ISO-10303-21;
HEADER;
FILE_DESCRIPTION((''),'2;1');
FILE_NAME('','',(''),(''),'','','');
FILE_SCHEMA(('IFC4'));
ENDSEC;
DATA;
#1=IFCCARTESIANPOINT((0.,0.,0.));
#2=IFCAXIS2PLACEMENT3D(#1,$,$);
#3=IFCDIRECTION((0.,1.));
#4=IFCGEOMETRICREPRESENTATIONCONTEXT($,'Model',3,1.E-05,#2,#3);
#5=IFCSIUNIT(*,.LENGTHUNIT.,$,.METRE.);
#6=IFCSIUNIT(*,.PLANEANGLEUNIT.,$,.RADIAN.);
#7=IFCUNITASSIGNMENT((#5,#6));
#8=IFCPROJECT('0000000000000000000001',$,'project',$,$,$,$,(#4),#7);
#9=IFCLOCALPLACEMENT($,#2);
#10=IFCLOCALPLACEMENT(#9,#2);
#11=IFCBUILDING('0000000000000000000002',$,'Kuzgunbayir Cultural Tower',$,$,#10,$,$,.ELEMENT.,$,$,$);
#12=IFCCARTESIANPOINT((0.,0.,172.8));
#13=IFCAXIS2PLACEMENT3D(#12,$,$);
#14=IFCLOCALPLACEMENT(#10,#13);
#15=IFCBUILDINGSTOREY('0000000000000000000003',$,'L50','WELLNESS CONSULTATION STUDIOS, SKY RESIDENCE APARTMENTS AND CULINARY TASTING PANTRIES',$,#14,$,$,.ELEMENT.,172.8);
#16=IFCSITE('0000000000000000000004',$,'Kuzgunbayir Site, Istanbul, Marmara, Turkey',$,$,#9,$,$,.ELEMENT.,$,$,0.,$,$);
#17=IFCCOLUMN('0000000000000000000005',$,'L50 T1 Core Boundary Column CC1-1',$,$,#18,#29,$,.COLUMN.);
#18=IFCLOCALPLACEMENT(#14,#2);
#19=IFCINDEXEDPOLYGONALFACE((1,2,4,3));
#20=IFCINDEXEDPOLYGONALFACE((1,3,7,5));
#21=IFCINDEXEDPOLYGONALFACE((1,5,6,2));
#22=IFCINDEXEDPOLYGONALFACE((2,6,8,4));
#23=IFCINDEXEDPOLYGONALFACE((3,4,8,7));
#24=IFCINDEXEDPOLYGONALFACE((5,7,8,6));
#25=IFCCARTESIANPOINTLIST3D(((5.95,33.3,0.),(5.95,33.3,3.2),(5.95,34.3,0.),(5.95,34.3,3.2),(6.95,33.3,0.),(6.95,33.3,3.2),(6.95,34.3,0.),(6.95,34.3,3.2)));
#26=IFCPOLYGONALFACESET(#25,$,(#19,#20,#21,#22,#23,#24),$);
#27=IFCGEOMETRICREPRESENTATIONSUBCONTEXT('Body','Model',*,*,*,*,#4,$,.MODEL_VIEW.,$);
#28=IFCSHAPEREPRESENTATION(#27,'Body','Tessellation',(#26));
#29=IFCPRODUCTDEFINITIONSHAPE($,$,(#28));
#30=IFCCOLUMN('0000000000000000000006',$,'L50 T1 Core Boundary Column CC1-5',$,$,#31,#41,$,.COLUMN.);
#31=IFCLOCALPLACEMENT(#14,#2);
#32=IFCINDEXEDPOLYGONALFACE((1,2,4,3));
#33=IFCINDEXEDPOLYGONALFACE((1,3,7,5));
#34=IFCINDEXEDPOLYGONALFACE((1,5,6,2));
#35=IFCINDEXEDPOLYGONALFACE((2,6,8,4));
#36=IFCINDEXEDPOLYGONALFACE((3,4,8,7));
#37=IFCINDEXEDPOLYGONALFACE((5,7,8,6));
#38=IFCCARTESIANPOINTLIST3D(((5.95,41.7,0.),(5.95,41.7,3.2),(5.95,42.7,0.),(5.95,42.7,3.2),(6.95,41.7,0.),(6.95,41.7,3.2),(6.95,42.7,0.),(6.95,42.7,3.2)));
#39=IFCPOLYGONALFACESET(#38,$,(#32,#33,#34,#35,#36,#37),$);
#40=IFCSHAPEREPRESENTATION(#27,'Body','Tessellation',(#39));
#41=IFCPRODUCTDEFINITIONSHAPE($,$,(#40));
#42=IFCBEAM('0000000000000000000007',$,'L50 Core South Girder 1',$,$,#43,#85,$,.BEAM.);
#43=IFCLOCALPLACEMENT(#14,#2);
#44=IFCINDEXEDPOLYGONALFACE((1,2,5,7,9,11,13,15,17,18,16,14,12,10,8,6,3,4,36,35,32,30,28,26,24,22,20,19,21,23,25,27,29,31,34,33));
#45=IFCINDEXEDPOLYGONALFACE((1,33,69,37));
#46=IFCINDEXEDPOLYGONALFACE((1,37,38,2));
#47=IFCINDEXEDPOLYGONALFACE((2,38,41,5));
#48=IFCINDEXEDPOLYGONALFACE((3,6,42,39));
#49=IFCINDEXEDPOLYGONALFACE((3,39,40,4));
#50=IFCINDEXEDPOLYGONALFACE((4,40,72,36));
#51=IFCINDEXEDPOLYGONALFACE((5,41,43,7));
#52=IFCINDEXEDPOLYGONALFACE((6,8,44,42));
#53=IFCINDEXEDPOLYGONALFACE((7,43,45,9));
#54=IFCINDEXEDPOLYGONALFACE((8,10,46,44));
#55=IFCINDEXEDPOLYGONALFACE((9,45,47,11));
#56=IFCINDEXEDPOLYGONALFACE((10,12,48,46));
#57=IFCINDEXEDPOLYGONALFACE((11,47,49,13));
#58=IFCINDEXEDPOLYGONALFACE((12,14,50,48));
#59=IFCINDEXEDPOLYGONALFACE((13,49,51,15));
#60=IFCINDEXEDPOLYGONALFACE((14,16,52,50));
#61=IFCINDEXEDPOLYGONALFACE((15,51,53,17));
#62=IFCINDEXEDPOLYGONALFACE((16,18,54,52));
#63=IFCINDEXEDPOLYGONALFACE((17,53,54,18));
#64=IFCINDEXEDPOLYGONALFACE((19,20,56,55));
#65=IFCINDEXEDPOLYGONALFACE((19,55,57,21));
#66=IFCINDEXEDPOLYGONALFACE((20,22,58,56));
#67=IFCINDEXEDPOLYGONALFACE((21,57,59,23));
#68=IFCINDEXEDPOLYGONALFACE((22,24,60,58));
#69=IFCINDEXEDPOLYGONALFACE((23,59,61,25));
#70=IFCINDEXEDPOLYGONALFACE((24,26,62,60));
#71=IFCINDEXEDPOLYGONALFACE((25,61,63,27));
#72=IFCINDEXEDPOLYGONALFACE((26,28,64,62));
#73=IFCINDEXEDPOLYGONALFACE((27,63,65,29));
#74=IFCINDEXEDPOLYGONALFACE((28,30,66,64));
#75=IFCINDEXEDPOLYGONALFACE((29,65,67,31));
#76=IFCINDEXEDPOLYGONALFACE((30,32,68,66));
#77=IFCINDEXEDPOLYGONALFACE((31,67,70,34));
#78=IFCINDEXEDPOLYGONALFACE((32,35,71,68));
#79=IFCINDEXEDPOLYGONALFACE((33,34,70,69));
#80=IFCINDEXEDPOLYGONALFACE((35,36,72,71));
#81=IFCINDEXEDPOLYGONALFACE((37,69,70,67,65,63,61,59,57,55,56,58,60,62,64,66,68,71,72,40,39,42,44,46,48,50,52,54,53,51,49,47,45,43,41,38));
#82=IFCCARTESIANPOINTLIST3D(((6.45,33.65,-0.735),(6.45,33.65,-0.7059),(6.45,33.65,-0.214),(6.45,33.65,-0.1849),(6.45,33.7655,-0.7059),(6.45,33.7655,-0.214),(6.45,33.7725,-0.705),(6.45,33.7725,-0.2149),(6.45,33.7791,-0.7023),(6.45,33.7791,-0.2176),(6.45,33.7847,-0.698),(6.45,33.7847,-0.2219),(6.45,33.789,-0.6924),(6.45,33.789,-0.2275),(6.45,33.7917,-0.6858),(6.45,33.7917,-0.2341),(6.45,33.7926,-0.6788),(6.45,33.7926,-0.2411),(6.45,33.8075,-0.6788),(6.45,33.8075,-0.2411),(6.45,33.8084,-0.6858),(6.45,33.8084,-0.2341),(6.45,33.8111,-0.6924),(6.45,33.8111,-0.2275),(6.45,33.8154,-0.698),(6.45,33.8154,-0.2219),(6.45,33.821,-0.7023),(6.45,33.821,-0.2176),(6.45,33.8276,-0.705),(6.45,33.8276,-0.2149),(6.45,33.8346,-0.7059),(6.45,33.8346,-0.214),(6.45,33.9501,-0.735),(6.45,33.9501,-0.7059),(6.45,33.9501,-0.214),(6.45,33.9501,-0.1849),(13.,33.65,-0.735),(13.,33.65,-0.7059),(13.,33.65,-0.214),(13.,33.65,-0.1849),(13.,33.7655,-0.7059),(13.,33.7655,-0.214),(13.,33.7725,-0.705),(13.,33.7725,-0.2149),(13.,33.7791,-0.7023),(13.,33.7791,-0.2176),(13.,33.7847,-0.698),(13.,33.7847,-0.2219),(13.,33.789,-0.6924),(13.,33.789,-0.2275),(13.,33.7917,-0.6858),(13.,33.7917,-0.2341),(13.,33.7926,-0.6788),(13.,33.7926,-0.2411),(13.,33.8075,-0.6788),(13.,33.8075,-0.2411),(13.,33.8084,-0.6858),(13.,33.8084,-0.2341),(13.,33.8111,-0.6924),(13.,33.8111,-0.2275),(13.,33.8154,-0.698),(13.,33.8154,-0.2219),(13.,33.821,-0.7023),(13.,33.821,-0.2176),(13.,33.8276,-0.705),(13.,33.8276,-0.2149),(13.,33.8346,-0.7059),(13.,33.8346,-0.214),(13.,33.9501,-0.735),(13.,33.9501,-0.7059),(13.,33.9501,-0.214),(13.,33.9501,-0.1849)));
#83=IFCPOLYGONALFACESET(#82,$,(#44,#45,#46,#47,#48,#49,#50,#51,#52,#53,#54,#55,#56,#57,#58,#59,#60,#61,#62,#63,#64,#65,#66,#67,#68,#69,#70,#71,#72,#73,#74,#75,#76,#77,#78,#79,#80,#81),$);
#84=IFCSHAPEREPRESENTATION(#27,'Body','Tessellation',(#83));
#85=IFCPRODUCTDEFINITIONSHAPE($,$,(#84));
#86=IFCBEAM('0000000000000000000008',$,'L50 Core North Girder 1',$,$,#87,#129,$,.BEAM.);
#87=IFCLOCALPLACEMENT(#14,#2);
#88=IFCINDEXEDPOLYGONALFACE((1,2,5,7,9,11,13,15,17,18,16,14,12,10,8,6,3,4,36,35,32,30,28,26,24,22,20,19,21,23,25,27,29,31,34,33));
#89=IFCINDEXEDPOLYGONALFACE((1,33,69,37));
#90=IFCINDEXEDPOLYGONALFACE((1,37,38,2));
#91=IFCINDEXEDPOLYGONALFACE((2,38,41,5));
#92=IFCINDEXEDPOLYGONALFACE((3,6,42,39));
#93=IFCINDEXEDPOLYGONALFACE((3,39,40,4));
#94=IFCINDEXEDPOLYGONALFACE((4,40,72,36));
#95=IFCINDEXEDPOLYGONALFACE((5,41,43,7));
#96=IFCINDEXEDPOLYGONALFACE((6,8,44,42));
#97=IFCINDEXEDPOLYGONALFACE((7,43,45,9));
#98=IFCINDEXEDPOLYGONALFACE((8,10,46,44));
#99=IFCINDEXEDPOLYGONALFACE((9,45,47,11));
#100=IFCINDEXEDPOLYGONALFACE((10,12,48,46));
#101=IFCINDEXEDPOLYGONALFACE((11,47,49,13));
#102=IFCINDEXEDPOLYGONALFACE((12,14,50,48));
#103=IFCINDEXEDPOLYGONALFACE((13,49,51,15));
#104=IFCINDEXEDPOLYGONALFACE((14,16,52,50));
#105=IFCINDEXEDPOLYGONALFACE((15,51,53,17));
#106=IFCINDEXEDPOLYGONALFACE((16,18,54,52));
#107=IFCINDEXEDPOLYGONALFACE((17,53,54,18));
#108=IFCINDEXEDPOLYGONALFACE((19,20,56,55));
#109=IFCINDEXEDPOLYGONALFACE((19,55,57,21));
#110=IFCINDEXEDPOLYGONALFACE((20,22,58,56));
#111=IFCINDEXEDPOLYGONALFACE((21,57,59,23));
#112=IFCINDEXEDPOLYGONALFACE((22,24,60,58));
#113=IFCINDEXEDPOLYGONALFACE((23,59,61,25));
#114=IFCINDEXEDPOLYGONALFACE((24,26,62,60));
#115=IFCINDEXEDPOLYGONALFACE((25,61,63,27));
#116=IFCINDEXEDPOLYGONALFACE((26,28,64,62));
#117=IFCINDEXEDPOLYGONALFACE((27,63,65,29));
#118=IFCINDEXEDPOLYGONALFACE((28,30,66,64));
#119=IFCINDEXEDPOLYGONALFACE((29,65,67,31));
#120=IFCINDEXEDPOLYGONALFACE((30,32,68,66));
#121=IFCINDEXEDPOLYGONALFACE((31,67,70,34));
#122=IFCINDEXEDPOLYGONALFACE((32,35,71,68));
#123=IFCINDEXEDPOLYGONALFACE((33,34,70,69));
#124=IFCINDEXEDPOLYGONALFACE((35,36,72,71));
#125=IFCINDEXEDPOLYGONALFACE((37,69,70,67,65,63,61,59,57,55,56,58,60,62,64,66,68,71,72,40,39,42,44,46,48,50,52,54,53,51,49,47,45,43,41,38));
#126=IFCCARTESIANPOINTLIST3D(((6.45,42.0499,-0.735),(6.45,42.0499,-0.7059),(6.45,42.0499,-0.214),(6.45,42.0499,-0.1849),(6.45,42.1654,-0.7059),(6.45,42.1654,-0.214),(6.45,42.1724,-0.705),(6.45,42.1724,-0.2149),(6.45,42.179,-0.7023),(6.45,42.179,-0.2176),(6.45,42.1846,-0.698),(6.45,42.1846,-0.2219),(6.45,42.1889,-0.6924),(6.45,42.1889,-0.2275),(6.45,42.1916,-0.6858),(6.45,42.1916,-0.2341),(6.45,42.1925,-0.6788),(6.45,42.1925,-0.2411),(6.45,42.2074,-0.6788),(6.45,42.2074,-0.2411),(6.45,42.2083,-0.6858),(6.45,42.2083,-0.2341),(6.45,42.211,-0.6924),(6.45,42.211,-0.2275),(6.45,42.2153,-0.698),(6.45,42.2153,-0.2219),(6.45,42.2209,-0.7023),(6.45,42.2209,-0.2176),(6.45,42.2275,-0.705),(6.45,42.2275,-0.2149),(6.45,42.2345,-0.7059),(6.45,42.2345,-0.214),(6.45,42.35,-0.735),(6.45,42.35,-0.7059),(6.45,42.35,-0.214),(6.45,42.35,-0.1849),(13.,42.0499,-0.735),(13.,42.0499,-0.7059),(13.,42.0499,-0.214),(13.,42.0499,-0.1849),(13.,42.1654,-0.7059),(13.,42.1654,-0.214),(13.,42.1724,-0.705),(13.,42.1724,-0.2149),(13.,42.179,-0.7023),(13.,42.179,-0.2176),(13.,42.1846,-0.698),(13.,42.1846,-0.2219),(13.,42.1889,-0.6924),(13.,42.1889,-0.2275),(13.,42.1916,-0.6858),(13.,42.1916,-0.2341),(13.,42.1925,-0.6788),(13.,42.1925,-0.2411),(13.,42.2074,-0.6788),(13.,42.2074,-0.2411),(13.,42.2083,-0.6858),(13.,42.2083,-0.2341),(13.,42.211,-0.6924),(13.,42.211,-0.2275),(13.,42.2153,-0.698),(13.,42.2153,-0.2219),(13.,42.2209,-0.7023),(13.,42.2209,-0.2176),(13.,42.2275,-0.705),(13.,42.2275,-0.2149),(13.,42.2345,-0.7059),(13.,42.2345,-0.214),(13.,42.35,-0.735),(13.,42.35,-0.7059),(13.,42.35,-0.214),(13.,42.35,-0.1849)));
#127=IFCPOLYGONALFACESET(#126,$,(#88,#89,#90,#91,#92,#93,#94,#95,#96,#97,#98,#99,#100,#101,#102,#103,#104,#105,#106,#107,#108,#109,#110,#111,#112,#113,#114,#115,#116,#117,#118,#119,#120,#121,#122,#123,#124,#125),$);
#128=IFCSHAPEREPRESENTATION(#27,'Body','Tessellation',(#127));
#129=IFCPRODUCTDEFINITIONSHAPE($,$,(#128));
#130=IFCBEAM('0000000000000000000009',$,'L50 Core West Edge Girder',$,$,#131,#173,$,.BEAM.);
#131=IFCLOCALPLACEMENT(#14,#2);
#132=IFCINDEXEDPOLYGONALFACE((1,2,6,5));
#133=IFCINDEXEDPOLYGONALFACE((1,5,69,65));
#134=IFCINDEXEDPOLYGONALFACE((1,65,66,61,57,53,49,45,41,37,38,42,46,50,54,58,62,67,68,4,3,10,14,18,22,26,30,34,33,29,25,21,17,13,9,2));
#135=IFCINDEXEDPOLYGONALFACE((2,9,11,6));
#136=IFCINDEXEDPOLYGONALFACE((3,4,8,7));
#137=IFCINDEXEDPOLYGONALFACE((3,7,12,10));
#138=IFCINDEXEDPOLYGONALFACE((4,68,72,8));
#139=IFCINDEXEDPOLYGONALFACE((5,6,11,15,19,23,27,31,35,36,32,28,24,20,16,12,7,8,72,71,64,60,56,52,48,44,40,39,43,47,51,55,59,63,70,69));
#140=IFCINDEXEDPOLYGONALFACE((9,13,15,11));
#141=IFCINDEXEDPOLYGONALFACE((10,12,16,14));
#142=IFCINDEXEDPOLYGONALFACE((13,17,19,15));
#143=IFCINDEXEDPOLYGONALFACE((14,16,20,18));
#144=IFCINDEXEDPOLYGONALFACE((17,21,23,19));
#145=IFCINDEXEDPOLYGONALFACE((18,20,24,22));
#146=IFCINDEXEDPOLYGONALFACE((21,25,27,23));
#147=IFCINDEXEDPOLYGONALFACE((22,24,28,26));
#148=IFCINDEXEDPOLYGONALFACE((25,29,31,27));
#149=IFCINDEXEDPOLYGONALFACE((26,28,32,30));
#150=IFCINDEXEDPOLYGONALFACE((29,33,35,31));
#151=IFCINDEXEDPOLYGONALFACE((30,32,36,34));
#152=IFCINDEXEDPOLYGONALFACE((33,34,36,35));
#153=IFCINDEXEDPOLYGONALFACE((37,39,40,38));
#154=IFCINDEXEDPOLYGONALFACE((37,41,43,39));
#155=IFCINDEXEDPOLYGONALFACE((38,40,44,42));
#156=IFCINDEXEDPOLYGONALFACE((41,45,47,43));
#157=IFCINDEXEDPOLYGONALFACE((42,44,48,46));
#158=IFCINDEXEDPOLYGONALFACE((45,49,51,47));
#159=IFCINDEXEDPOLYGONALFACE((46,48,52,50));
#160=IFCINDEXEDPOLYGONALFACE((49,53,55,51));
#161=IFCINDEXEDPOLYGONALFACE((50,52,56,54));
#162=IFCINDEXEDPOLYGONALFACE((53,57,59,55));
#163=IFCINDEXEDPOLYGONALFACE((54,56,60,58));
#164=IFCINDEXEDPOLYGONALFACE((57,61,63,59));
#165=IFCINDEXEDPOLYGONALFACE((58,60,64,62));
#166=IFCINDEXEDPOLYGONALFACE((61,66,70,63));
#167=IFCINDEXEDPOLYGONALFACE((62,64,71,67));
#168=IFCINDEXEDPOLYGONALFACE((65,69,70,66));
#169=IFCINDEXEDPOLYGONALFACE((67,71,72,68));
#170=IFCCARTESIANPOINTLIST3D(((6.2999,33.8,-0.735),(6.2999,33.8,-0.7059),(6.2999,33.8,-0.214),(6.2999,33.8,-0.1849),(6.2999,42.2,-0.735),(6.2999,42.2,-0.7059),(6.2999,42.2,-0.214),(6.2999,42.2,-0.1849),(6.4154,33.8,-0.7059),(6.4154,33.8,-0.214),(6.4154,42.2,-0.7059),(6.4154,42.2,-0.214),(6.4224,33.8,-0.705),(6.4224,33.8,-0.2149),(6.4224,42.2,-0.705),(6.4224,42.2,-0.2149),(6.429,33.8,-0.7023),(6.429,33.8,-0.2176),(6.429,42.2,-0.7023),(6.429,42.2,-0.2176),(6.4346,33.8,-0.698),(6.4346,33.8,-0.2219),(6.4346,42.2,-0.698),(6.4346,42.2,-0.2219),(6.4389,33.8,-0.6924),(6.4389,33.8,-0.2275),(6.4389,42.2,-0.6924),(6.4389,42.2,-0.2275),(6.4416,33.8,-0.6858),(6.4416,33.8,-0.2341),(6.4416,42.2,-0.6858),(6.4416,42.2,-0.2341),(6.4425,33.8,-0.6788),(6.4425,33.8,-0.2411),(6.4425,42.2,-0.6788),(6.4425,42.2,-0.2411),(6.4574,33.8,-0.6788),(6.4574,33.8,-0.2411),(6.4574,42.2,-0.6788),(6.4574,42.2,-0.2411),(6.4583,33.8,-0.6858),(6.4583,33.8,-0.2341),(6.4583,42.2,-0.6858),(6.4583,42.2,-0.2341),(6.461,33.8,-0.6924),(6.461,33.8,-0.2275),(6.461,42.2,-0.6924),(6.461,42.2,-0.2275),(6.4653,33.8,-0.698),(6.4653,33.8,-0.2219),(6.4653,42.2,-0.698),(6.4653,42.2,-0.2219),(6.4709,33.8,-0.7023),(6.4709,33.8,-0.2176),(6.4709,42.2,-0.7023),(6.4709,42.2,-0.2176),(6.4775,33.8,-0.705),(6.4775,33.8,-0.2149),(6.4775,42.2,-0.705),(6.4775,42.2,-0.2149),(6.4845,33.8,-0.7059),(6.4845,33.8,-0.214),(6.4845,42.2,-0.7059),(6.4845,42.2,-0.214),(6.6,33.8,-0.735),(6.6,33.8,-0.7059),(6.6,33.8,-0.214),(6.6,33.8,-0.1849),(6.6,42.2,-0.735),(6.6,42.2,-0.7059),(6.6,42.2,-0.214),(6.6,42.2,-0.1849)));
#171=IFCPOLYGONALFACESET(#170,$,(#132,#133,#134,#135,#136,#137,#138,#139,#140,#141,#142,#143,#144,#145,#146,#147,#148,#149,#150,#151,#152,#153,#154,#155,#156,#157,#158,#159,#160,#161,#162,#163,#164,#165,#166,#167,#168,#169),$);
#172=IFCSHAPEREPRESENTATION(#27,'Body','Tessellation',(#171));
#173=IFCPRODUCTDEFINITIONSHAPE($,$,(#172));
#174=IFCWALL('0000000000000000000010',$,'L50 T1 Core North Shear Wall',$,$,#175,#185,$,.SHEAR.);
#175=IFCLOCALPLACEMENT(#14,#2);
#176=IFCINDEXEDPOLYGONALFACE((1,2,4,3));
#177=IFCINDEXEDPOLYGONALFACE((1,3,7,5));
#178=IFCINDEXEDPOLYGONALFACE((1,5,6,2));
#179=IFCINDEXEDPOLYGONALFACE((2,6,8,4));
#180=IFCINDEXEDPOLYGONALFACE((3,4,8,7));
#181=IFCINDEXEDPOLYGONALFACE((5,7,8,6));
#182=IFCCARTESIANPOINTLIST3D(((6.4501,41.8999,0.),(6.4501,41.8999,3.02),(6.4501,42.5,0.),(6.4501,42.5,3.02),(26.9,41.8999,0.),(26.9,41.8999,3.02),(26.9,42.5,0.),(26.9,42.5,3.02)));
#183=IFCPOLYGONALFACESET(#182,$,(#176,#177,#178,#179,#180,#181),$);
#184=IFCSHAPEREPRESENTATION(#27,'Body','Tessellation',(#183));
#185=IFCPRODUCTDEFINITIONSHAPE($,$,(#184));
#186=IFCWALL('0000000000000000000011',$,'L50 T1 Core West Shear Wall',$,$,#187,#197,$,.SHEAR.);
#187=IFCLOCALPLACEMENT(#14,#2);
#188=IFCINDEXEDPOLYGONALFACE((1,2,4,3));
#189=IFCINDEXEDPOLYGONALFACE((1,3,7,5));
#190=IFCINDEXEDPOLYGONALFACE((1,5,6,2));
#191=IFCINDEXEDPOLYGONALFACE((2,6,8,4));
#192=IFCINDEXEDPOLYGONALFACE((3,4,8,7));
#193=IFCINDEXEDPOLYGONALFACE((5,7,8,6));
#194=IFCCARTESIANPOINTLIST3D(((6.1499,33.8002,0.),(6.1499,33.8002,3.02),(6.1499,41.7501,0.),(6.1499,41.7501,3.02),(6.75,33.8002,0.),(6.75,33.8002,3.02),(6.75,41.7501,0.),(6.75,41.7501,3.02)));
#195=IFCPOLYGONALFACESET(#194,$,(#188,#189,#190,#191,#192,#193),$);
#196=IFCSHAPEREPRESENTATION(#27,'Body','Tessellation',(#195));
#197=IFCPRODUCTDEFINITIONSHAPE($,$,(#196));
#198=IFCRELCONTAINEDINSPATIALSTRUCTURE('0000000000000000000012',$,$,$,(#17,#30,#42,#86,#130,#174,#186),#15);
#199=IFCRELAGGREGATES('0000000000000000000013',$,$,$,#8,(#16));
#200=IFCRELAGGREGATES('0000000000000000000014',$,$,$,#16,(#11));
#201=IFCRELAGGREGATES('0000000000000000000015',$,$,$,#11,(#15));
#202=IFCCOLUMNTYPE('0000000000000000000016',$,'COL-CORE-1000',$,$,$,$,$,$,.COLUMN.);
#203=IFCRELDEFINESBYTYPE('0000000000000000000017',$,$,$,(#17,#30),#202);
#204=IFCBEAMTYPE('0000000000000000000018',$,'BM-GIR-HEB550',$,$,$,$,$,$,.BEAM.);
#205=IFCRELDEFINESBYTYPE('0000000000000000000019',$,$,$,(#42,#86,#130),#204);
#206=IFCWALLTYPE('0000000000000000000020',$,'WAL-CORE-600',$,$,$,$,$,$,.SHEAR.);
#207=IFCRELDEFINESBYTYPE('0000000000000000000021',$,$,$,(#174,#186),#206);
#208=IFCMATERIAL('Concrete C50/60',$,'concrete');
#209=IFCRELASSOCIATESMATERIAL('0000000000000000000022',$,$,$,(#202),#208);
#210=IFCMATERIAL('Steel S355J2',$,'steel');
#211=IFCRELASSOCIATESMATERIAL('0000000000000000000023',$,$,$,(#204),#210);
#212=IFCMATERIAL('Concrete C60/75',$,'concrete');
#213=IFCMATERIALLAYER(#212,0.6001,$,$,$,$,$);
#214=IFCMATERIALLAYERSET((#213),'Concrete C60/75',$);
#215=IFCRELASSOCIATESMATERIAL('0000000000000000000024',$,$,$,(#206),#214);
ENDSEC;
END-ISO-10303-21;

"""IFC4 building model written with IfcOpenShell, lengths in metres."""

from ifc_helpers import new_model, si_unit, direction, frame, frame_2d, origin, origin_2d, place, context, subcontext, project, spatial, rectangle, i_section, extrude, material, layer, layer_set, material_profile, profile_set, type_object, element, save


model = new_model("IFC4")

# Units and contexts
model_context = context("Model", 3, precision=1e-05, world=origin(), true_north=direction((0.0, 1.0)))
body_context = subcontext(model_context, "Body", "Model", "MODEL_VIEW")
ifc_project = project(units=[si_unit("LENGTHUNIT", "METRE"), si_unit("PLANEANGLEUNIT", "RADIAN")], contexts=[model_context])

# Site, building, storey
site_placement = place(None, origin())
site = spatial("IfcSite", under=ifc_project, at=site_placement, Name="Kuzgunbayir Site, Istanbul, Marmara, Turkey", CompositionType="ELEMENT", RefElevation=0.0)
building_placement = place(site_placement, origin())
building = spatial("IfcBuilding", under=site, at=building_placement, Name="Kuzgunbayir Cultural Tower", CompositionType="ELEMENT")
storey_placement = place(building_placement, frame((0.0, 0.0, 172.8)))
storey = spatial("IfcBuildingStorey", under=building, at=storey_placement, Name="L50", Description="WELLNESS CONSULTATION STUDIOS, SKY RESIDENCE APARTMENTS AND CULINARY TASTING PANTRIES", CompositionType="ELEMENT", Elevation=172.8)

# Columns
ifc_material_1 = material(Name="Concrete C50/60", Category="concrete")
ifc_material_profile_1 = material_profile(ifc_material_1, rectangle(XDim=1.0, YDim=1.0, at=origin_2d()), Name="RC 1000x1000")
ifc_profile_set_1 = profile_set([ifc_material_profile_1], Name="Concrete C50/60")
column_type = type_object("IfcColumnType", Name="COL-CORE-1000", PredefinedType="COLUMN", material=ifc_profile_set_1)
for number, where, z_axis, x_axis, name in (
    (1, (6.45, 33.8, 0.0), (0.0, 0.0, 1.0), (1.0, 0.0, 0.0), "L50 T1 Core Boundary Column CC1-1"),
    (2, (6.45, 42.2, 0.0), (0.0, 0.0, 1.0), (1.0, 0.0, 0.0), "L50 T1 Core Boundary Column CC1-5"),
):
    element("IfcColumn", number, at=place(storey_placement, frame(where, z_axis=z_axis, x_axis=x_axis)), inside=storey, type_object=column_type, Name=name, PredefinedType="COLUMN", context=body_context, shape_type="SweptSolid", body=[
        extrude(rectangle(XDim=1.0, YDim=1.0, at=origin_2d()), origin(), (0.0, 0.0, 1.0), 3.2),
    ])

# Beams
ifc_material_2 = material(Name="Steel S355J2", Category="steel")
ifc_material_profile_2 = material_profile(ifc_material_2, i_section(OverallWidth=0.3, OverallDepth=0.55, WebThickness=0.0149, FlangeThickness=0.0291, FilletRadius=0.0271, at=origin_2d()), Name="HEB 550")
ifc_profile_set_2 = profile_set([ifc_material_profile_2], Name="Steel S355J2")
beam_type = type_object("IfcBeamType", Name="BM-GIR-HEB550", PredefinedType="BEAM", material=ifc_profile_set_2)
for number, where, z_axis, x_axis, name in (
    (3, (6.45, 33.8, -0.46), (1.0, 0.0, 0.0), (0.0, 1.0, 0.0), "L50 Core South Girder 1"),
    (4, (6.45, 42.2, -0.46), (1.0, 0.0, 0.0), (0.0, 1.0, 0.0), "L50 Core North Girder 1"),
):
    element("IfcBeam", number, at=place(storey_placement, frame(where, z_axis=z_axis, x_axis=x_axis)), inside=storey, type_object=beam_type, Name=name, PredefinedType="BEAM", context=body_context, shape_type="SweptSolid", body=[
        extrude(i_section(OverallWidth=0.3, OverallDepth=0.55, WebThickness=0.0149, FlangeThickness=0.0291, FilletRadius=0.0271, at=origin_2d()), origin(), (0.0, 0.0, 1.0), 6.55),
    ])
beam_placement = place(storey_placement, frame((6.45, 33.8, -0.46), z_axis=(0.0, 1.0, 0.0), x_axis=(-1.0, 0.0, 0.0)))
element("IfcBeam", 5, at=beam_placement, inside=storey, type_object=beam_type, Name="L50 Core West Edge Girder", PredefinedType="BEAM", context=body_context, shape_type="SweptSolid", body=[
    extrude(i_section(OverallWidth=0.3, OverallDepth=0.55, WebThickness=0.0149, FlangeThickness=0.0291, FilletRadius=0.0271, at=origin_2d()), origin(), (0.0, 0.0, 1.0), 8.3999),
])

# Walls
ifc_material_3 = material(Name="Concrete C60/75", Category="concrete")
ifc_layer_1 = layer(ifc_material_3, 0.6001)
ifc_layer_set_1 = layer_set([ifc_layer_1], Name="Concrete C60/75")
wall_type_1 = type_object("IfcWallType", Name="WAL-CORE-600", PredefinedType="SHEAR", material=ifc_layer_set_1)
wall_1_placement = place(storey_placement, frame((6.45, 42.2, 0.0), z_axis=(0.0, 0.0, 1.0), x_axis=(1.0, 0.0, 0.0)))
element("IfcWall", 6, at=wall_1_placement, inside=storey, type_object=wall_type_1, Name="L50 T1 Core North Shear Wall", PredefinedType="SHEAR", context=body_context, shape_type="SweptSolid", body=[
    extrude(rectangle(XDim=20.45, YDim=0.6001, at=frame_2d((10.2251, 0.0))), origin(), (0.0, 0.0, 1.0), 3.02),
])
wall_2_placement = place(storey_placement, frame((6.45, 33.8, 0.0), z_axis=(0.0, 0.0, 1.0), x_axis=(0.0, 1.0, 0.0)))
element("IfcWall", 7, at=wall_2_placement, inside=storey, type_object=wall_type_1, Name="L50 T1 Core West Shear Wall", PredefinedType="SHEAR", context=body_context, shape_type="SweptSolid", body=[
    extrude(rectangle(XDim=7.95, YDim=0.6001, at=frame_2d((3.9751, 0.0))), origin(), (0.0, 0.0, 1.0), 3.02),
])

save(model, "model.ifc")
